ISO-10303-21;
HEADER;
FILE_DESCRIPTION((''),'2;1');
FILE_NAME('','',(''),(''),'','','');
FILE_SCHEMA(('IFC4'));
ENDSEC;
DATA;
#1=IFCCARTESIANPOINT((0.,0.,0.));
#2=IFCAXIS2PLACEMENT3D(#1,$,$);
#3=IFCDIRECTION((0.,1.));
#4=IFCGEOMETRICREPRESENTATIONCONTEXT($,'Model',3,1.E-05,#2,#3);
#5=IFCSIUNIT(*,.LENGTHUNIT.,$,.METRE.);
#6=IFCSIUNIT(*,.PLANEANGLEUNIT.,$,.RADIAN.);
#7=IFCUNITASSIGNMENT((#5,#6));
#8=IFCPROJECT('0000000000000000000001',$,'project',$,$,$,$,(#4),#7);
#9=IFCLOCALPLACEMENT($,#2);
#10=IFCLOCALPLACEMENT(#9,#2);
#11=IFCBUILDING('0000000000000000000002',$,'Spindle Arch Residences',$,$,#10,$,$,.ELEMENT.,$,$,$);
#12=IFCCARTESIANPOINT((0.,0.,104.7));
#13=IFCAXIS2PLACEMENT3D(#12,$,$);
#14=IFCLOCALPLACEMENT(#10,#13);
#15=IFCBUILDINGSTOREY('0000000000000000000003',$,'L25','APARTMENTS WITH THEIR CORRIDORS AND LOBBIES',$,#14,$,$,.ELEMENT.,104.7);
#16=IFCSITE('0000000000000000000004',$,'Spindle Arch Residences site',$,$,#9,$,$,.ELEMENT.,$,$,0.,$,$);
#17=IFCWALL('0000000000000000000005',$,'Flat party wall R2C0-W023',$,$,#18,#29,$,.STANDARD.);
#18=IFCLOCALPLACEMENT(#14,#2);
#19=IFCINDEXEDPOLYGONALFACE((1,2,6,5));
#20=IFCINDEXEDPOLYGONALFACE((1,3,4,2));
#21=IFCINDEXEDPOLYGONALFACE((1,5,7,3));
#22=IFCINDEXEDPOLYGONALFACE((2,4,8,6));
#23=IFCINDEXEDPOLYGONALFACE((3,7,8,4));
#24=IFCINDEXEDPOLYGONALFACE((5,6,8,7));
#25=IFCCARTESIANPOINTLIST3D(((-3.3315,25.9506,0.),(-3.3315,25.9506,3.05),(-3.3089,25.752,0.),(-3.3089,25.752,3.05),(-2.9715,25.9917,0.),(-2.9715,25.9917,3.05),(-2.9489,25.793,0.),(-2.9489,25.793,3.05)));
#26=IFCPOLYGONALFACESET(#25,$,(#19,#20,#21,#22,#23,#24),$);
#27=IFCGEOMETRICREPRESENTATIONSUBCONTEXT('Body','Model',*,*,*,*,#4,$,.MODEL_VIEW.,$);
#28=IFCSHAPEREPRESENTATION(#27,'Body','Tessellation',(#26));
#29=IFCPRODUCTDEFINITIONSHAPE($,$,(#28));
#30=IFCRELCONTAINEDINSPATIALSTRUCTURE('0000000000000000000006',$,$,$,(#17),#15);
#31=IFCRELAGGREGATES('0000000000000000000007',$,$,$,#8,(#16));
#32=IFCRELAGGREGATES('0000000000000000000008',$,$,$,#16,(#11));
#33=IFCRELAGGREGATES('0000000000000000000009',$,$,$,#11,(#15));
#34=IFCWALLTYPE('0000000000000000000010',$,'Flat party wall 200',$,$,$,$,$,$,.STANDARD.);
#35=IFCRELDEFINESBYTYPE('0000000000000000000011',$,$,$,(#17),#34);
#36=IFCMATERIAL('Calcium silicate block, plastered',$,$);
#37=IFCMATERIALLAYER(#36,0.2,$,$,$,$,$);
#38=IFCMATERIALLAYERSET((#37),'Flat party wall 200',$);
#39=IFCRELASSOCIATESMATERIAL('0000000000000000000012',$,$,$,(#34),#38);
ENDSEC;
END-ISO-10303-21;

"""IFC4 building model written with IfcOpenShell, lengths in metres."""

from ifc_helpers import new_model, si_unit, direction, frame, frame_2d, origin, place, context, subcontext, project, spatial, rectangle, extrude, material, layer, layer_set, type_object, element, save


model = new_model("IFC4")

# Units and contexts
model_context = context("Model", 3, precision=1e-05, world=origin(), true_north=direction((0.0, 1.0)))
body_context = subcontext(model_context, "Body", "Model", "MODEL_VIEW")
ifc_project = project(units=[si_unit("LENGTHUNIT", "METRE"), si_unit("PLANEANGLEUNIT", "RADIAN")], contexts=[model_context])

# Site, building, storey
site_placement = place(None, origin())
site = spatial("IfcSite", under=ifc_project, at=site_placement, Name="Spindle Arch Residences site", CompositionType="ELEMENT", RefElevation=0.0)
building_placement = place(site_placement, origin())
building = spatial("IfcBuilding", under=site, at=building_placement, Name="Spindle Arch Residences", CompositionType="ELEMENT")
storey_placement = place(building_placement, frame((0.0, 0.0, 104.7)))
storey = spatial("IfcBuildingStorey", under=building, at=storey_placement, Name="L25", Description="APARTMENTS WITH THEIR CORRIDORS AND LOBBIES", CompositionType="ELEMENT", Elevation=104.7)

# Wall
ifc_material_1 = material(Name="Calcium silicate block, plastered")
ifc_layer_1 = layer(ifc_material_1, 0.2)
ifc_layer_set_1 = layer_set([ifc_layer_1], Name="Flat party wall 200")
wall_type_1 = type_object("IfcWallType", Name="Flat party wall 200", PredefinedType="STANDARD", material=ifc_layer_set_1)
wall_1_placement = place(storey_placement, frame((-2.9602, 25.8923, 0.0), z_axis=(0.0, 0.0, 1.0), x_axis=(-0.993567, -0.113242, 0.0)))
element("IfcWall", 1, at=wall_1_placement, inside=storey, type_object=wall_type_1, Name="Flat party wall R2C0-W023", PredefinedType="STANDARD", context=body_context, shape_type="SweptSolid", body=[
    extrude(rectangle(XDim=0.3623, YDim=0.2, at=frame_2d((0.1812, 0.0))), origin(), (0.0, 0.0, 1.0), 3.05),
])

save(model, "model.ifc")
